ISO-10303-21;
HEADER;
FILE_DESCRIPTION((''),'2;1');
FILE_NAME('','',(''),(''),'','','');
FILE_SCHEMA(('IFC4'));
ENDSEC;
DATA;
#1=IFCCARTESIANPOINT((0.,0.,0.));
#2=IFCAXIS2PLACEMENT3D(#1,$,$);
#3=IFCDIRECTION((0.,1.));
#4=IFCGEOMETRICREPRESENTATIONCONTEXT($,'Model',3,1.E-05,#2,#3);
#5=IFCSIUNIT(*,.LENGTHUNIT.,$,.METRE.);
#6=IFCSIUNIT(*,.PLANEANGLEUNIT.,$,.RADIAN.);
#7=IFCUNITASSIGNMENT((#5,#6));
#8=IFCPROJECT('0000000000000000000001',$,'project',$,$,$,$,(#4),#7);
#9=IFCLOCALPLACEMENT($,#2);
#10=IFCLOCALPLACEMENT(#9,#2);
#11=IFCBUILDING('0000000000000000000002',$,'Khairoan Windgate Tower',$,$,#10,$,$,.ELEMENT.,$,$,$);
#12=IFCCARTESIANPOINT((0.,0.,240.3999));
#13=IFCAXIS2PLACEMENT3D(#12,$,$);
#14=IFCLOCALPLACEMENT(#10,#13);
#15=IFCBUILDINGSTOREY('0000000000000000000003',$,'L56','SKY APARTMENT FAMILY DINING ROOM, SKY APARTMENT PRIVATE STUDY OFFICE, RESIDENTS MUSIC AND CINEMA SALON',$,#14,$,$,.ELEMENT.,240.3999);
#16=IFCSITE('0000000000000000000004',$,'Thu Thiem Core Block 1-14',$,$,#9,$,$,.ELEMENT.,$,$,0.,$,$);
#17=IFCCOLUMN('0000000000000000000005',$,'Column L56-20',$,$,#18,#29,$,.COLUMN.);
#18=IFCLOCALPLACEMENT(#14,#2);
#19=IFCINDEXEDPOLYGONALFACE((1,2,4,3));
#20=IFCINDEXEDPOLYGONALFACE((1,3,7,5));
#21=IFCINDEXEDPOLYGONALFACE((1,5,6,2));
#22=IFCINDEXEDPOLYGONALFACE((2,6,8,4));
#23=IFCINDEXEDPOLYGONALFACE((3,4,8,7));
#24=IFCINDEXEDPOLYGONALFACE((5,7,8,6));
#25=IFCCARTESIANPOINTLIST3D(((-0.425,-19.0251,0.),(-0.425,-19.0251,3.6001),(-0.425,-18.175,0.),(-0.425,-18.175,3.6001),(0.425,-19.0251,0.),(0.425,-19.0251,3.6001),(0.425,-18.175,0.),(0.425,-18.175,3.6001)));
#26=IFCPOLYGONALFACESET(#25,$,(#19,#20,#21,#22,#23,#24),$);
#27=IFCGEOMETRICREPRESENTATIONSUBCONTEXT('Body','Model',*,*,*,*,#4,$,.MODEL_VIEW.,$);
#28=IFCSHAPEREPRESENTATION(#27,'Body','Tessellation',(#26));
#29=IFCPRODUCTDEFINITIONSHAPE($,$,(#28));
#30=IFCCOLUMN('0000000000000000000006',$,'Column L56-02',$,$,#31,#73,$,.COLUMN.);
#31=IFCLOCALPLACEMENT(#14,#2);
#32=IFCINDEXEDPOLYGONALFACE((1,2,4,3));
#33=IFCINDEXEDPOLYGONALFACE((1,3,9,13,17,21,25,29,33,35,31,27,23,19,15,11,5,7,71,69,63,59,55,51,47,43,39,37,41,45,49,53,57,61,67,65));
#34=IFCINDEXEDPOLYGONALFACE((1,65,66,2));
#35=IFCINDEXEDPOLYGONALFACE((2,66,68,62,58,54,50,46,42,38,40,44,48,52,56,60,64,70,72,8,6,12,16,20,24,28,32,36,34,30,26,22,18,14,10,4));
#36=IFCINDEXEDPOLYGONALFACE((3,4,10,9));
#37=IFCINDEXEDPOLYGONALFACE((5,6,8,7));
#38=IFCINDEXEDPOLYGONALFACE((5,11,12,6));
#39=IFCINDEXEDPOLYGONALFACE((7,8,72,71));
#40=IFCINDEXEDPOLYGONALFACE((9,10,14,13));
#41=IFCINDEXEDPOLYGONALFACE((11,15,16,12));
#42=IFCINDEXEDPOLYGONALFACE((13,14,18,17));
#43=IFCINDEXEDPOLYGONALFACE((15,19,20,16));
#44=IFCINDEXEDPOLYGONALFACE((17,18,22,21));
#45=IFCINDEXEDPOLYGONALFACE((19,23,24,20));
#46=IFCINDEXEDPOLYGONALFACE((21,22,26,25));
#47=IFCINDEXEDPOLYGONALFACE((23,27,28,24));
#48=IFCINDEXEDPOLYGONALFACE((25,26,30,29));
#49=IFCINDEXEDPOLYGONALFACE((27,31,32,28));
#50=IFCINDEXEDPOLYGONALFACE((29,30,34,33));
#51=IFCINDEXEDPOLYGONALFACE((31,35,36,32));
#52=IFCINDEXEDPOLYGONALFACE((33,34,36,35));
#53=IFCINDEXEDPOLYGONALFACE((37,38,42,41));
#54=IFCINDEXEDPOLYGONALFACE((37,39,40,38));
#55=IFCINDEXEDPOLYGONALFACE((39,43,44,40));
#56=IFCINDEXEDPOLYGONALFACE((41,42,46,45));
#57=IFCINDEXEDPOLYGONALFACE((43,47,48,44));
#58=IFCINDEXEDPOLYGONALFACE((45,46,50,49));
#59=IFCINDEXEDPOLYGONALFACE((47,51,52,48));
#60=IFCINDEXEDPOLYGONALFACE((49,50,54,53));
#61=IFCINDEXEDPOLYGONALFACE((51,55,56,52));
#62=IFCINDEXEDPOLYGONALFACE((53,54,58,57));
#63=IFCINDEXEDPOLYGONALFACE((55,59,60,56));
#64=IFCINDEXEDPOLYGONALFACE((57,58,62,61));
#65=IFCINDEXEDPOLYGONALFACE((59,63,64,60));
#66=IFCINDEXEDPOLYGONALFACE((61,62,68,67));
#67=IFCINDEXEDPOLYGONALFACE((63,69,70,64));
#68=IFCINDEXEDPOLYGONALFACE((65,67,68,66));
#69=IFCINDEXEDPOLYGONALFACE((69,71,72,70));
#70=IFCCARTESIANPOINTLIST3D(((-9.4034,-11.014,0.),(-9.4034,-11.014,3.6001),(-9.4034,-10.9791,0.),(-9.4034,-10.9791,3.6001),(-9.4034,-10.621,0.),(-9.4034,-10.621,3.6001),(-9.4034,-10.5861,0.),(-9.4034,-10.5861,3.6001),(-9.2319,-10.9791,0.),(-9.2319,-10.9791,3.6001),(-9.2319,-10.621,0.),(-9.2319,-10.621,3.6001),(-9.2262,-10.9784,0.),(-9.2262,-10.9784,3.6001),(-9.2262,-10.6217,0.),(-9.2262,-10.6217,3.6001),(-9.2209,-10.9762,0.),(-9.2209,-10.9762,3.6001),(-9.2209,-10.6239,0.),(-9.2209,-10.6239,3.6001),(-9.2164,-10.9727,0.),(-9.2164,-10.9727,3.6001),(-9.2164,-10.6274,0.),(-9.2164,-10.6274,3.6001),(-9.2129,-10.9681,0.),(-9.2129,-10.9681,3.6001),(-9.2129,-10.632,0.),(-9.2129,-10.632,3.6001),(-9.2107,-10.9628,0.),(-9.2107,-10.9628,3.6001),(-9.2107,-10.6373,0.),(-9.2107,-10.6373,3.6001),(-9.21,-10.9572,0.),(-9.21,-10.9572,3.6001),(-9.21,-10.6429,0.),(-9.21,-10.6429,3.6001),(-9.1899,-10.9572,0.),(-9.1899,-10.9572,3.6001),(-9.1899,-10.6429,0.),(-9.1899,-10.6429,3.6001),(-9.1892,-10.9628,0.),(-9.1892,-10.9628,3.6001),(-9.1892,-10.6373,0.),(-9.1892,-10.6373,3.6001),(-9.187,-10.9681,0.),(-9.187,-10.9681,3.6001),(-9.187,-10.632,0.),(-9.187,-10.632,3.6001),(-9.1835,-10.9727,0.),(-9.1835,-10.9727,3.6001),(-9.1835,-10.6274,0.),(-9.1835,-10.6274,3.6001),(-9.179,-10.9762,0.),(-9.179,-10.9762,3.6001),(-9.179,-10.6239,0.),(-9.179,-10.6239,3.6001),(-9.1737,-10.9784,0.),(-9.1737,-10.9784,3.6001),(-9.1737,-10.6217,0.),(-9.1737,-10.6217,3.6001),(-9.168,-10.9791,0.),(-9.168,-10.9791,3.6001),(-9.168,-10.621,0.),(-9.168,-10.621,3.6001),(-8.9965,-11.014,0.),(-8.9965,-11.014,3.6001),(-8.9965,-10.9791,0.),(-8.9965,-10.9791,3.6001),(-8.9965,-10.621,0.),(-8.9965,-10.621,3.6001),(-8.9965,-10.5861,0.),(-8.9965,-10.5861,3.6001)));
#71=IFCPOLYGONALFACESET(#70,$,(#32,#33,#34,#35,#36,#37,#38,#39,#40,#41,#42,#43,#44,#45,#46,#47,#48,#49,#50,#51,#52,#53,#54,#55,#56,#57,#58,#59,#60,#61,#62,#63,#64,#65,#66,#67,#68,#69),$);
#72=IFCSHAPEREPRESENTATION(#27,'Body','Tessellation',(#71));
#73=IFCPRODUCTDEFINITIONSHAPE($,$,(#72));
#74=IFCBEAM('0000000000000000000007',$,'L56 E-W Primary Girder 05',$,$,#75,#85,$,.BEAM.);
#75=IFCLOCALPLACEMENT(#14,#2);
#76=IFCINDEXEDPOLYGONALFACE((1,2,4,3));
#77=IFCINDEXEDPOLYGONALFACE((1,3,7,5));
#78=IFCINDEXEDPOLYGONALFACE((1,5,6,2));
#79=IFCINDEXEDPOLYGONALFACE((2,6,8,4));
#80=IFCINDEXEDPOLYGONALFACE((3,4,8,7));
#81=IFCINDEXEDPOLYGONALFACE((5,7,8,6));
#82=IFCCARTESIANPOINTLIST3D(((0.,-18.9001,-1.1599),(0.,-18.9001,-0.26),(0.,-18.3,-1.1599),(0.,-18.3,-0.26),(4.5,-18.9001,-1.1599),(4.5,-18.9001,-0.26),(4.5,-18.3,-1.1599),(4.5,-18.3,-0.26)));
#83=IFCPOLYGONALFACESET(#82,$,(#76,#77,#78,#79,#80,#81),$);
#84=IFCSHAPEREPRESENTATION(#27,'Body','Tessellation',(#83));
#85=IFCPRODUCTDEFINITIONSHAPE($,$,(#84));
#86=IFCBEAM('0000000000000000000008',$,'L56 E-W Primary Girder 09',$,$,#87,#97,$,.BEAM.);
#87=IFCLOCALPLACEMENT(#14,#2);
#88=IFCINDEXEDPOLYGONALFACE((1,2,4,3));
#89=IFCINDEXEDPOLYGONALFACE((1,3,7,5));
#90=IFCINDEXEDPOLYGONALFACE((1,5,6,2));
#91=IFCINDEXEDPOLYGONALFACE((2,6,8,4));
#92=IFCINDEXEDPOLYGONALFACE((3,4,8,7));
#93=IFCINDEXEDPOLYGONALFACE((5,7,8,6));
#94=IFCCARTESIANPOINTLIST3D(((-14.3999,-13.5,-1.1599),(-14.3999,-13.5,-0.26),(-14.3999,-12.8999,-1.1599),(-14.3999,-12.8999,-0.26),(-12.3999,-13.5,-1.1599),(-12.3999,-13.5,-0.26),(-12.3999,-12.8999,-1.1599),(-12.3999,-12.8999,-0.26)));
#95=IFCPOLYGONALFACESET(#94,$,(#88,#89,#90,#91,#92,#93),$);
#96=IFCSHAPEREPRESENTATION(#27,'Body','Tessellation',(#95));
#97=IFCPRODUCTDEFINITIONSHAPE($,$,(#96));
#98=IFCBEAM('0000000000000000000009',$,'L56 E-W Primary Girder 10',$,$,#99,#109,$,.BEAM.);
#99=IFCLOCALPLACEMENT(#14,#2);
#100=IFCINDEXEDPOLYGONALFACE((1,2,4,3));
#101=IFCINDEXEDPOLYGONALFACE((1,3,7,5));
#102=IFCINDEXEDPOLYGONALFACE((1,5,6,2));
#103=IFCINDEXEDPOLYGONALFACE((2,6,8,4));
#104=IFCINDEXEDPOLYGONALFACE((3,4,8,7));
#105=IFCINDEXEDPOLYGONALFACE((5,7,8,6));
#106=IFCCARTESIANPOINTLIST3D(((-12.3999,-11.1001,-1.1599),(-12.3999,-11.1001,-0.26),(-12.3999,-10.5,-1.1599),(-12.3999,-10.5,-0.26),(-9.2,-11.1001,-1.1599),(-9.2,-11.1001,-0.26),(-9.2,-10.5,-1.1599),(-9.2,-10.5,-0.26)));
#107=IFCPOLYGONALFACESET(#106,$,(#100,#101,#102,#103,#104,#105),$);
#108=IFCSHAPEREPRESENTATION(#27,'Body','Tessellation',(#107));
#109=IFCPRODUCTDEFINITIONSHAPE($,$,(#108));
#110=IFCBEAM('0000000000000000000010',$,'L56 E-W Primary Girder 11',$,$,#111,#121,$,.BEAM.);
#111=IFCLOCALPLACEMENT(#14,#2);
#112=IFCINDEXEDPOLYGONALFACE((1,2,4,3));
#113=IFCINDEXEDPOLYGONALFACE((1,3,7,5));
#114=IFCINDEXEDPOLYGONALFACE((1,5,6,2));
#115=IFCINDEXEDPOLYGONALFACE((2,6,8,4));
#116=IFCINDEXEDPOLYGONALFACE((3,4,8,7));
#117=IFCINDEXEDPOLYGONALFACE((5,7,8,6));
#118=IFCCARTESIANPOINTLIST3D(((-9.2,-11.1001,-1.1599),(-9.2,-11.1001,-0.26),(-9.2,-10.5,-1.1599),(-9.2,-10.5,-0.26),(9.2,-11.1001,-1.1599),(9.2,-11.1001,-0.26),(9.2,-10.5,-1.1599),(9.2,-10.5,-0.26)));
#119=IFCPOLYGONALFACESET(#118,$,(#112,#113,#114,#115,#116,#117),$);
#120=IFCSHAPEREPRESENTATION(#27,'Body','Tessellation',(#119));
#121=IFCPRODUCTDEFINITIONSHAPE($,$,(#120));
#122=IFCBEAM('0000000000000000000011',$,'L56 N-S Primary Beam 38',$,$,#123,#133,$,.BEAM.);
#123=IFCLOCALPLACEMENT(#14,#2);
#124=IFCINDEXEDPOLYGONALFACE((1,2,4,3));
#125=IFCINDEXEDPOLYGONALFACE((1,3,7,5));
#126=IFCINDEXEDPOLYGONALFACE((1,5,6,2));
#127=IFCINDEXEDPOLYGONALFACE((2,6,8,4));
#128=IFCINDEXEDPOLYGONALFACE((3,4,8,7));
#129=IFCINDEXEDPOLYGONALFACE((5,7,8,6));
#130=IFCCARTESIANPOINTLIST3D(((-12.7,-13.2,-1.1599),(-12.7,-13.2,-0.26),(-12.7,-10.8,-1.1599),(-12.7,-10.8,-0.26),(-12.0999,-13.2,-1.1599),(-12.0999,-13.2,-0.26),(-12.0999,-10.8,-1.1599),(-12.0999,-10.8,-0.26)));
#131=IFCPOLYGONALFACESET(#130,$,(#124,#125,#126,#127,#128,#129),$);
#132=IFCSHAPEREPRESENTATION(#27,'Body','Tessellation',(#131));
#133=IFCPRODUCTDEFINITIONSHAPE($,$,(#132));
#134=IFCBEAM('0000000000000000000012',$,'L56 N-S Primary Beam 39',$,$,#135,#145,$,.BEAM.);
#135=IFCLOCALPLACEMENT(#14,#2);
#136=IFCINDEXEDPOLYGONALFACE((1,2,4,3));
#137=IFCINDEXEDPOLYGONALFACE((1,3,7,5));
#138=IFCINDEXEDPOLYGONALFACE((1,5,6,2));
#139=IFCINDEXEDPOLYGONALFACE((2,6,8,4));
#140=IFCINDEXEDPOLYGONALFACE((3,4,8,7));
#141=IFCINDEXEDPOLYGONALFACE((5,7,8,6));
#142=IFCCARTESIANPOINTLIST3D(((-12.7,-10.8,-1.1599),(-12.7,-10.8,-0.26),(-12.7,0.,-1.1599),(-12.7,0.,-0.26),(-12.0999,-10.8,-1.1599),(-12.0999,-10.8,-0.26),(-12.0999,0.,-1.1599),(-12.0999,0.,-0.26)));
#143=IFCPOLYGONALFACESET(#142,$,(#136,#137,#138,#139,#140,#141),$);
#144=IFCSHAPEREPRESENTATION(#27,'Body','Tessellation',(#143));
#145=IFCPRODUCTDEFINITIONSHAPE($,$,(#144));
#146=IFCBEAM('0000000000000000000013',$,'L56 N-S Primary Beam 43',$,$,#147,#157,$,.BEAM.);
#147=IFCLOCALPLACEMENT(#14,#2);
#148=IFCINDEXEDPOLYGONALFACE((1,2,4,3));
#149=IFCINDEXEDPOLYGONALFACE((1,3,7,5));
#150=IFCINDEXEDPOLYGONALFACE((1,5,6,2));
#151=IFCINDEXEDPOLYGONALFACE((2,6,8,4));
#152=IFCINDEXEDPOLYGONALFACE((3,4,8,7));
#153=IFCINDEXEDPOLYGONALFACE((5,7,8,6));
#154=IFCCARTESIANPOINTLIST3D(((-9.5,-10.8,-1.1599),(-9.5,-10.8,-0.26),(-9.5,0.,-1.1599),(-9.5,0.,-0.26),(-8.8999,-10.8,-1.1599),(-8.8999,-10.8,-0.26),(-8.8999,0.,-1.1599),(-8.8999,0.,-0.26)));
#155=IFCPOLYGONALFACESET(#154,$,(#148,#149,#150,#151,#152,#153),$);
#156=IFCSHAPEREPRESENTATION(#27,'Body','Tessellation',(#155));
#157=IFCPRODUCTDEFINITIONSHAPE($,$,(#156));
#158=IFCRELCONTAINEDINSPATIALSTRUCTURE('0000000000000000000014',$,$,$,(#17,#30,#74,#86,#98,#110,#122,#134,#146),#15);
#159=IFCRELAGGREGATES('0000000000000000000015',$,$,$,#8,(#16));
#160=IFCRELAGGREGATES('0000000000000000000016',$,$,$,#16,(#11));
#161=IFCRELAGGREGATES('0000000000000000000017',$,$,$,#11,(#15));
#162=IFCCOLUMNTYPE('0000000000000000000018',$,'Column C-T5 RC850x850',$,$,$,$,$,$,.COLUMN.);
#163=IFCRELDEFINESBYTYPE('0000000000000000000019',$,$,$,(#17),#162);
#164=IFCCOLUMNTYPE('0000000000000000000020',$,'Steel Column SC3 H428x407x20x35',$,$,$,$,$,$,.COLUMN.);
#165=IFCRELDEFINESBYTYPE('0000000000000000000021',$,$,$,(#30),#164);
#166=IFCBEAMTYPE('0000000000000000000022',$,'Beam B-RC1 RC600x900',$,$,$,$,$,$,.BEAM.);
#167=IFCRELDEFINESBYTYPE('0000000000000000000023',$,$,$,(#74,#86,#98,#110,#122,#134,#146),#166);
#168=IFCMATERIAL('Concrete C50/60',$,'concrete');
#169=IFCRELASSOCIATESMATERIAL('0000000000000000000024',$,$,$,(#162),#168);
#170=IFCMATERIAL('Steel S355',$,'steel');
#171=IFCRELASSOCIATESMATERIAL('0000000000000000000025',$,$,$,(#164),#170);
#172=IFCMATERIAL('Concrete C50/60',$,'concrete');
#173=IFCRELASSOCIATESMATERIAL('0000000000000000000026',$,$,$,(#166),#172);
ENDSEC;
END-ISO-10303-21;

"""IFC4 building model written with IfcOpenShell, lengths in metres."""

from ifc_helpers import new_model, si_unit, direction, frame, origin, origin_2d, place, context, subcontext, project, spatial, rectangle, i_section, extrude, material, material_profile, profile_set, type_object, element, save


model = new_model("IFC4")

# Units and contexts
model_context = context("Model", 3, precision=1e-05, world=origin(), true_north=direction((0.0, 1.0)))
body_context = subcontext(model_context, "Body", "Model", "MODEL_VIEW")
ifc_project = project(units=[si_unit("LENGTHUNIT", "METRE"), si_unit("PLANEANGLEUNIT", "RADIAN")], contexts=[model_context])

# Site, building, storey
site_placement = place(None, origin())
site = spatial("IfcSite", under=ifc_project, at=site_placement, Name="Thu Thiem Core Block 1-14", CompositionType="ELEMENT", RefElevation=0.0)
building_placement = place(site_placement, origin())
building = spatial("IfcBuilding", under=site, at=building_placement, Name="Khairoan Windgate Tower", CompositionType="ELEMENT")
storey_placement = place(building_placement, frame((0.0, 0.0, 240.3999)))
storey = spatial("IfcBuildingStorey", under=building, at=storey_placement, Name="L56", Description="SKY APARTMENT FAMILY DINING ROOM, SKY APARTMENT PRIVATE STUDY OFFICE, RESIDENTS MUSIC AND CINEMA SALON", CompositionType="ELEMENT", Elevation=240.3999)

# Columns
ifc_material_1 = material(Name="Concrete C50/60", Category="concrete")
ifc_material_profile_1 = material_profile(ifc_material_1, rectangle(XDim=0.8501, YDim=0.8501, at=origin_2d()))
ifc_profile_set_1 = profile_set([ifc_material_profile_1], Name="Concrete C50/60")
column_type_1 = type_object("IfcColumnType", Name="Column C-T5 RC850x850", PredefinedType="COLUMN", material=ifc_profile_set_1)
column_1_placement = place(storey_placement, frame((0.0, -18.6001, 0.0), z_axis=(0.0, 0.0, 1.0), x_axis=(1.0, 0.0, 0.0)))
element("IfcColumn", 1, at=column_1_placement, inside=storey, type_object=column_type_1, Name="Column L56-20", PredefinedType="COLUMN", context=body_context, shape_type="SweptSolid", body=[
    extrude(rectangle(XDim=0.8501, YDim=0.8501, at=origin_2d()), origin(), (0.0, 0.0, 1.0), 3.6001),
])
ifc_material_2 = material(Name="Steel S355", Category="steel")
ifc_material_profile_2 = material_profile(ifc_material_2, i_section(OverallWidth=0.407, OverallDepth=0.428, WebThickness=0.02, FlangeThickness=0.0349, FilletRadius=0.022, at=origin_2d()))
ifc_profile_set_2 = profile_set([ifc_material_profile_2], Name="Steel S355")
column_type_2 = type_object("IfcColumnType", Name="Steel Column SC3 H428x407x20x35", PredefinedType="COLUMN", material=ifc_profile_set_2)
column_2_placement = place(storey_placement, frame((-9.2, -10.8, 0.0), z_axis=(0.0, 0.0, 1.0), x_axis=(1.0, 0.0, 0.0)))
element("IfcColumn", 2, at=column_2_placement, inside=storey, type_object=column_type_2, Name="Column L56-02", PredefinedType="COLUMN", context=body_context, shape_type="SweptSolid", body=[
    extrude(i_section(OverallWidth=0.407, OverallDepth=0.428, WebThickness=0.02, FlangeThickness=0.0349, FilletRadius=0.022, at=origin_2d()), origin(), (0.0, 0.0, 1.0), 3.6001),
])

# Beams
ifc_material_3 = material(Name="Concrete C50/60", Category="concrete")
ifc_material_profile_3 = material_profile(ifc_material_3, rectangle(XDim=0.6001, YDim=0.8999, at=origin_2d()))
ifc_profile_set_3 = profile_set([ifc_material_profile_3], Name="Concrete C50/60")
beam_type_1 = type_object("IfcBeamType", Name="Beam B-RC1 RC600x900", PredefinedType="BEAM", material=ifc_profile_set_3)
beam_1_placement = place(storey_placement, frame((0.0, -18.6001, -0.71), z_axis=(1.0, 0.0, 0.0), x_axis=(0.0, 1.0, 0.0)))
element("IfcBeam", 3, at=beam_1_placement, inside=storey, type_object=beam_type_1, Name="L56 E-W Primary Girder 05", PredefinedType="BEAM", context=body_context, shape_type="SweptSolid", body=[
    extrude(rectangle(XDim=0.6001, YDim=0.8999, at=origin_2d()), origin(), (0.0, 0.0, 1.0), 4.5),
])
beam_2_placement = place(storey_placement, frame((-14.3999, -13.2, -0.71), z_axis=(1.0, 0.0, 0.0), x_axis=(0.0, 1.0, 0.0)))
element("IfcBeam", 4, at=beam_2_placement, inside=storey, type_object=beam_type_1, Name="L56 E-W Primary Girder 09", PredefinedType="BEAM", context=body_context, shape_type="SweptSolid", body=[
    extrude(rectangle(XDim=0.6001, YDim=0.8999, at=origin_2d()), origin(), (0.0, 0.0, 1.0), 2.0),
])
beam_3_placement = place(storey_placement, frame((-12.3999, -10.8, -0.71), z_axis=(1.0, 0.0, 0.0), x_axis=(0.0, 1.0, 0.0)))
element("IfcBeam", 5, at=beam_3_placement, inside=storey, type_object=beam_type_1, Name="L56 E-W Primary Girder 10", PredefinedType="BEAM", context=body_context, shape_type="SweptSolid", body=[
    extrude(rectangle(XDim=0.6001, YDim=0.8999, at=origin_2d()), origin(), (0.0, 0.0, 1.0), 3.2),
])
beam_4_placement = place(storey_placement, frame((-9.2, -10.8, -0.71), z_axis=(1.0, 0.0, 0.0), x_axis=(0.0, 1.0, 0.0)))
element("IfcBeam", 6, at=beam_4_placement, inside=storey, type_object=beam_type_1, Name="L56 E-W Primary Girder 11", PredefinedType="BEAM", context=body_context, shape_type="SweptSolid", body=[
    extrude(rectangle(XDim=0.6001, YDim=0.8999, at=origin_2d()), origin(), (0.0, 0.0, 1.0), 18.3999),
])
beam_5_placement = place(storey_placement, frame((-12.3999, -13.2, -0.71), z_axis=(0.0, 1.0, 0.0), x_axis=(-1.0, 0.0, 0.0)))
element("IfcBeam", 7, at=beam_5_placement, inside=storey, type_object=beam_type_1, Name="L56 N-S Primary Beam 38", PredefinedType="BEAM", context=body_context, shape_type="SweptSolid", body=[
    extrude(rectangle(XDim=0.6001, YDim=0.8999, at=origin_2d()), origin(), (0.0, 0.0, 1.0), 2.3999),
])
for number, where, z_axis, x_axis, name in (
    (8, (-12.3999, -10.8, -0.71), (0.0, 1.0, 0.0), (-1.0, 0.0, 0.0), "L56 N-S Primary Beam 39"),
    (9, (-9.2, -10.8, -0.71), (0.0, 1.0, 0.0), (-1.0, 0.0, 0.0), "L56 N-S Primary Beam 43"),
):
    element("IfcBeam", number, at=place(storey_placement, frame(where, z_axis=z_axis, x_axis=x_axis)), inside=storey, type_object=beam_type_1, Name=name, PredefinedType="BEAM", context=body_context, shape_type="SweptSolid", body=[
        extrude(rectangle(XDim=0.6001, YDim=0.8999, at=origin_2d()), origin(), (0.0, 0.0, 1.0), 10.8),
    ])

save(model, "model.ifc")
